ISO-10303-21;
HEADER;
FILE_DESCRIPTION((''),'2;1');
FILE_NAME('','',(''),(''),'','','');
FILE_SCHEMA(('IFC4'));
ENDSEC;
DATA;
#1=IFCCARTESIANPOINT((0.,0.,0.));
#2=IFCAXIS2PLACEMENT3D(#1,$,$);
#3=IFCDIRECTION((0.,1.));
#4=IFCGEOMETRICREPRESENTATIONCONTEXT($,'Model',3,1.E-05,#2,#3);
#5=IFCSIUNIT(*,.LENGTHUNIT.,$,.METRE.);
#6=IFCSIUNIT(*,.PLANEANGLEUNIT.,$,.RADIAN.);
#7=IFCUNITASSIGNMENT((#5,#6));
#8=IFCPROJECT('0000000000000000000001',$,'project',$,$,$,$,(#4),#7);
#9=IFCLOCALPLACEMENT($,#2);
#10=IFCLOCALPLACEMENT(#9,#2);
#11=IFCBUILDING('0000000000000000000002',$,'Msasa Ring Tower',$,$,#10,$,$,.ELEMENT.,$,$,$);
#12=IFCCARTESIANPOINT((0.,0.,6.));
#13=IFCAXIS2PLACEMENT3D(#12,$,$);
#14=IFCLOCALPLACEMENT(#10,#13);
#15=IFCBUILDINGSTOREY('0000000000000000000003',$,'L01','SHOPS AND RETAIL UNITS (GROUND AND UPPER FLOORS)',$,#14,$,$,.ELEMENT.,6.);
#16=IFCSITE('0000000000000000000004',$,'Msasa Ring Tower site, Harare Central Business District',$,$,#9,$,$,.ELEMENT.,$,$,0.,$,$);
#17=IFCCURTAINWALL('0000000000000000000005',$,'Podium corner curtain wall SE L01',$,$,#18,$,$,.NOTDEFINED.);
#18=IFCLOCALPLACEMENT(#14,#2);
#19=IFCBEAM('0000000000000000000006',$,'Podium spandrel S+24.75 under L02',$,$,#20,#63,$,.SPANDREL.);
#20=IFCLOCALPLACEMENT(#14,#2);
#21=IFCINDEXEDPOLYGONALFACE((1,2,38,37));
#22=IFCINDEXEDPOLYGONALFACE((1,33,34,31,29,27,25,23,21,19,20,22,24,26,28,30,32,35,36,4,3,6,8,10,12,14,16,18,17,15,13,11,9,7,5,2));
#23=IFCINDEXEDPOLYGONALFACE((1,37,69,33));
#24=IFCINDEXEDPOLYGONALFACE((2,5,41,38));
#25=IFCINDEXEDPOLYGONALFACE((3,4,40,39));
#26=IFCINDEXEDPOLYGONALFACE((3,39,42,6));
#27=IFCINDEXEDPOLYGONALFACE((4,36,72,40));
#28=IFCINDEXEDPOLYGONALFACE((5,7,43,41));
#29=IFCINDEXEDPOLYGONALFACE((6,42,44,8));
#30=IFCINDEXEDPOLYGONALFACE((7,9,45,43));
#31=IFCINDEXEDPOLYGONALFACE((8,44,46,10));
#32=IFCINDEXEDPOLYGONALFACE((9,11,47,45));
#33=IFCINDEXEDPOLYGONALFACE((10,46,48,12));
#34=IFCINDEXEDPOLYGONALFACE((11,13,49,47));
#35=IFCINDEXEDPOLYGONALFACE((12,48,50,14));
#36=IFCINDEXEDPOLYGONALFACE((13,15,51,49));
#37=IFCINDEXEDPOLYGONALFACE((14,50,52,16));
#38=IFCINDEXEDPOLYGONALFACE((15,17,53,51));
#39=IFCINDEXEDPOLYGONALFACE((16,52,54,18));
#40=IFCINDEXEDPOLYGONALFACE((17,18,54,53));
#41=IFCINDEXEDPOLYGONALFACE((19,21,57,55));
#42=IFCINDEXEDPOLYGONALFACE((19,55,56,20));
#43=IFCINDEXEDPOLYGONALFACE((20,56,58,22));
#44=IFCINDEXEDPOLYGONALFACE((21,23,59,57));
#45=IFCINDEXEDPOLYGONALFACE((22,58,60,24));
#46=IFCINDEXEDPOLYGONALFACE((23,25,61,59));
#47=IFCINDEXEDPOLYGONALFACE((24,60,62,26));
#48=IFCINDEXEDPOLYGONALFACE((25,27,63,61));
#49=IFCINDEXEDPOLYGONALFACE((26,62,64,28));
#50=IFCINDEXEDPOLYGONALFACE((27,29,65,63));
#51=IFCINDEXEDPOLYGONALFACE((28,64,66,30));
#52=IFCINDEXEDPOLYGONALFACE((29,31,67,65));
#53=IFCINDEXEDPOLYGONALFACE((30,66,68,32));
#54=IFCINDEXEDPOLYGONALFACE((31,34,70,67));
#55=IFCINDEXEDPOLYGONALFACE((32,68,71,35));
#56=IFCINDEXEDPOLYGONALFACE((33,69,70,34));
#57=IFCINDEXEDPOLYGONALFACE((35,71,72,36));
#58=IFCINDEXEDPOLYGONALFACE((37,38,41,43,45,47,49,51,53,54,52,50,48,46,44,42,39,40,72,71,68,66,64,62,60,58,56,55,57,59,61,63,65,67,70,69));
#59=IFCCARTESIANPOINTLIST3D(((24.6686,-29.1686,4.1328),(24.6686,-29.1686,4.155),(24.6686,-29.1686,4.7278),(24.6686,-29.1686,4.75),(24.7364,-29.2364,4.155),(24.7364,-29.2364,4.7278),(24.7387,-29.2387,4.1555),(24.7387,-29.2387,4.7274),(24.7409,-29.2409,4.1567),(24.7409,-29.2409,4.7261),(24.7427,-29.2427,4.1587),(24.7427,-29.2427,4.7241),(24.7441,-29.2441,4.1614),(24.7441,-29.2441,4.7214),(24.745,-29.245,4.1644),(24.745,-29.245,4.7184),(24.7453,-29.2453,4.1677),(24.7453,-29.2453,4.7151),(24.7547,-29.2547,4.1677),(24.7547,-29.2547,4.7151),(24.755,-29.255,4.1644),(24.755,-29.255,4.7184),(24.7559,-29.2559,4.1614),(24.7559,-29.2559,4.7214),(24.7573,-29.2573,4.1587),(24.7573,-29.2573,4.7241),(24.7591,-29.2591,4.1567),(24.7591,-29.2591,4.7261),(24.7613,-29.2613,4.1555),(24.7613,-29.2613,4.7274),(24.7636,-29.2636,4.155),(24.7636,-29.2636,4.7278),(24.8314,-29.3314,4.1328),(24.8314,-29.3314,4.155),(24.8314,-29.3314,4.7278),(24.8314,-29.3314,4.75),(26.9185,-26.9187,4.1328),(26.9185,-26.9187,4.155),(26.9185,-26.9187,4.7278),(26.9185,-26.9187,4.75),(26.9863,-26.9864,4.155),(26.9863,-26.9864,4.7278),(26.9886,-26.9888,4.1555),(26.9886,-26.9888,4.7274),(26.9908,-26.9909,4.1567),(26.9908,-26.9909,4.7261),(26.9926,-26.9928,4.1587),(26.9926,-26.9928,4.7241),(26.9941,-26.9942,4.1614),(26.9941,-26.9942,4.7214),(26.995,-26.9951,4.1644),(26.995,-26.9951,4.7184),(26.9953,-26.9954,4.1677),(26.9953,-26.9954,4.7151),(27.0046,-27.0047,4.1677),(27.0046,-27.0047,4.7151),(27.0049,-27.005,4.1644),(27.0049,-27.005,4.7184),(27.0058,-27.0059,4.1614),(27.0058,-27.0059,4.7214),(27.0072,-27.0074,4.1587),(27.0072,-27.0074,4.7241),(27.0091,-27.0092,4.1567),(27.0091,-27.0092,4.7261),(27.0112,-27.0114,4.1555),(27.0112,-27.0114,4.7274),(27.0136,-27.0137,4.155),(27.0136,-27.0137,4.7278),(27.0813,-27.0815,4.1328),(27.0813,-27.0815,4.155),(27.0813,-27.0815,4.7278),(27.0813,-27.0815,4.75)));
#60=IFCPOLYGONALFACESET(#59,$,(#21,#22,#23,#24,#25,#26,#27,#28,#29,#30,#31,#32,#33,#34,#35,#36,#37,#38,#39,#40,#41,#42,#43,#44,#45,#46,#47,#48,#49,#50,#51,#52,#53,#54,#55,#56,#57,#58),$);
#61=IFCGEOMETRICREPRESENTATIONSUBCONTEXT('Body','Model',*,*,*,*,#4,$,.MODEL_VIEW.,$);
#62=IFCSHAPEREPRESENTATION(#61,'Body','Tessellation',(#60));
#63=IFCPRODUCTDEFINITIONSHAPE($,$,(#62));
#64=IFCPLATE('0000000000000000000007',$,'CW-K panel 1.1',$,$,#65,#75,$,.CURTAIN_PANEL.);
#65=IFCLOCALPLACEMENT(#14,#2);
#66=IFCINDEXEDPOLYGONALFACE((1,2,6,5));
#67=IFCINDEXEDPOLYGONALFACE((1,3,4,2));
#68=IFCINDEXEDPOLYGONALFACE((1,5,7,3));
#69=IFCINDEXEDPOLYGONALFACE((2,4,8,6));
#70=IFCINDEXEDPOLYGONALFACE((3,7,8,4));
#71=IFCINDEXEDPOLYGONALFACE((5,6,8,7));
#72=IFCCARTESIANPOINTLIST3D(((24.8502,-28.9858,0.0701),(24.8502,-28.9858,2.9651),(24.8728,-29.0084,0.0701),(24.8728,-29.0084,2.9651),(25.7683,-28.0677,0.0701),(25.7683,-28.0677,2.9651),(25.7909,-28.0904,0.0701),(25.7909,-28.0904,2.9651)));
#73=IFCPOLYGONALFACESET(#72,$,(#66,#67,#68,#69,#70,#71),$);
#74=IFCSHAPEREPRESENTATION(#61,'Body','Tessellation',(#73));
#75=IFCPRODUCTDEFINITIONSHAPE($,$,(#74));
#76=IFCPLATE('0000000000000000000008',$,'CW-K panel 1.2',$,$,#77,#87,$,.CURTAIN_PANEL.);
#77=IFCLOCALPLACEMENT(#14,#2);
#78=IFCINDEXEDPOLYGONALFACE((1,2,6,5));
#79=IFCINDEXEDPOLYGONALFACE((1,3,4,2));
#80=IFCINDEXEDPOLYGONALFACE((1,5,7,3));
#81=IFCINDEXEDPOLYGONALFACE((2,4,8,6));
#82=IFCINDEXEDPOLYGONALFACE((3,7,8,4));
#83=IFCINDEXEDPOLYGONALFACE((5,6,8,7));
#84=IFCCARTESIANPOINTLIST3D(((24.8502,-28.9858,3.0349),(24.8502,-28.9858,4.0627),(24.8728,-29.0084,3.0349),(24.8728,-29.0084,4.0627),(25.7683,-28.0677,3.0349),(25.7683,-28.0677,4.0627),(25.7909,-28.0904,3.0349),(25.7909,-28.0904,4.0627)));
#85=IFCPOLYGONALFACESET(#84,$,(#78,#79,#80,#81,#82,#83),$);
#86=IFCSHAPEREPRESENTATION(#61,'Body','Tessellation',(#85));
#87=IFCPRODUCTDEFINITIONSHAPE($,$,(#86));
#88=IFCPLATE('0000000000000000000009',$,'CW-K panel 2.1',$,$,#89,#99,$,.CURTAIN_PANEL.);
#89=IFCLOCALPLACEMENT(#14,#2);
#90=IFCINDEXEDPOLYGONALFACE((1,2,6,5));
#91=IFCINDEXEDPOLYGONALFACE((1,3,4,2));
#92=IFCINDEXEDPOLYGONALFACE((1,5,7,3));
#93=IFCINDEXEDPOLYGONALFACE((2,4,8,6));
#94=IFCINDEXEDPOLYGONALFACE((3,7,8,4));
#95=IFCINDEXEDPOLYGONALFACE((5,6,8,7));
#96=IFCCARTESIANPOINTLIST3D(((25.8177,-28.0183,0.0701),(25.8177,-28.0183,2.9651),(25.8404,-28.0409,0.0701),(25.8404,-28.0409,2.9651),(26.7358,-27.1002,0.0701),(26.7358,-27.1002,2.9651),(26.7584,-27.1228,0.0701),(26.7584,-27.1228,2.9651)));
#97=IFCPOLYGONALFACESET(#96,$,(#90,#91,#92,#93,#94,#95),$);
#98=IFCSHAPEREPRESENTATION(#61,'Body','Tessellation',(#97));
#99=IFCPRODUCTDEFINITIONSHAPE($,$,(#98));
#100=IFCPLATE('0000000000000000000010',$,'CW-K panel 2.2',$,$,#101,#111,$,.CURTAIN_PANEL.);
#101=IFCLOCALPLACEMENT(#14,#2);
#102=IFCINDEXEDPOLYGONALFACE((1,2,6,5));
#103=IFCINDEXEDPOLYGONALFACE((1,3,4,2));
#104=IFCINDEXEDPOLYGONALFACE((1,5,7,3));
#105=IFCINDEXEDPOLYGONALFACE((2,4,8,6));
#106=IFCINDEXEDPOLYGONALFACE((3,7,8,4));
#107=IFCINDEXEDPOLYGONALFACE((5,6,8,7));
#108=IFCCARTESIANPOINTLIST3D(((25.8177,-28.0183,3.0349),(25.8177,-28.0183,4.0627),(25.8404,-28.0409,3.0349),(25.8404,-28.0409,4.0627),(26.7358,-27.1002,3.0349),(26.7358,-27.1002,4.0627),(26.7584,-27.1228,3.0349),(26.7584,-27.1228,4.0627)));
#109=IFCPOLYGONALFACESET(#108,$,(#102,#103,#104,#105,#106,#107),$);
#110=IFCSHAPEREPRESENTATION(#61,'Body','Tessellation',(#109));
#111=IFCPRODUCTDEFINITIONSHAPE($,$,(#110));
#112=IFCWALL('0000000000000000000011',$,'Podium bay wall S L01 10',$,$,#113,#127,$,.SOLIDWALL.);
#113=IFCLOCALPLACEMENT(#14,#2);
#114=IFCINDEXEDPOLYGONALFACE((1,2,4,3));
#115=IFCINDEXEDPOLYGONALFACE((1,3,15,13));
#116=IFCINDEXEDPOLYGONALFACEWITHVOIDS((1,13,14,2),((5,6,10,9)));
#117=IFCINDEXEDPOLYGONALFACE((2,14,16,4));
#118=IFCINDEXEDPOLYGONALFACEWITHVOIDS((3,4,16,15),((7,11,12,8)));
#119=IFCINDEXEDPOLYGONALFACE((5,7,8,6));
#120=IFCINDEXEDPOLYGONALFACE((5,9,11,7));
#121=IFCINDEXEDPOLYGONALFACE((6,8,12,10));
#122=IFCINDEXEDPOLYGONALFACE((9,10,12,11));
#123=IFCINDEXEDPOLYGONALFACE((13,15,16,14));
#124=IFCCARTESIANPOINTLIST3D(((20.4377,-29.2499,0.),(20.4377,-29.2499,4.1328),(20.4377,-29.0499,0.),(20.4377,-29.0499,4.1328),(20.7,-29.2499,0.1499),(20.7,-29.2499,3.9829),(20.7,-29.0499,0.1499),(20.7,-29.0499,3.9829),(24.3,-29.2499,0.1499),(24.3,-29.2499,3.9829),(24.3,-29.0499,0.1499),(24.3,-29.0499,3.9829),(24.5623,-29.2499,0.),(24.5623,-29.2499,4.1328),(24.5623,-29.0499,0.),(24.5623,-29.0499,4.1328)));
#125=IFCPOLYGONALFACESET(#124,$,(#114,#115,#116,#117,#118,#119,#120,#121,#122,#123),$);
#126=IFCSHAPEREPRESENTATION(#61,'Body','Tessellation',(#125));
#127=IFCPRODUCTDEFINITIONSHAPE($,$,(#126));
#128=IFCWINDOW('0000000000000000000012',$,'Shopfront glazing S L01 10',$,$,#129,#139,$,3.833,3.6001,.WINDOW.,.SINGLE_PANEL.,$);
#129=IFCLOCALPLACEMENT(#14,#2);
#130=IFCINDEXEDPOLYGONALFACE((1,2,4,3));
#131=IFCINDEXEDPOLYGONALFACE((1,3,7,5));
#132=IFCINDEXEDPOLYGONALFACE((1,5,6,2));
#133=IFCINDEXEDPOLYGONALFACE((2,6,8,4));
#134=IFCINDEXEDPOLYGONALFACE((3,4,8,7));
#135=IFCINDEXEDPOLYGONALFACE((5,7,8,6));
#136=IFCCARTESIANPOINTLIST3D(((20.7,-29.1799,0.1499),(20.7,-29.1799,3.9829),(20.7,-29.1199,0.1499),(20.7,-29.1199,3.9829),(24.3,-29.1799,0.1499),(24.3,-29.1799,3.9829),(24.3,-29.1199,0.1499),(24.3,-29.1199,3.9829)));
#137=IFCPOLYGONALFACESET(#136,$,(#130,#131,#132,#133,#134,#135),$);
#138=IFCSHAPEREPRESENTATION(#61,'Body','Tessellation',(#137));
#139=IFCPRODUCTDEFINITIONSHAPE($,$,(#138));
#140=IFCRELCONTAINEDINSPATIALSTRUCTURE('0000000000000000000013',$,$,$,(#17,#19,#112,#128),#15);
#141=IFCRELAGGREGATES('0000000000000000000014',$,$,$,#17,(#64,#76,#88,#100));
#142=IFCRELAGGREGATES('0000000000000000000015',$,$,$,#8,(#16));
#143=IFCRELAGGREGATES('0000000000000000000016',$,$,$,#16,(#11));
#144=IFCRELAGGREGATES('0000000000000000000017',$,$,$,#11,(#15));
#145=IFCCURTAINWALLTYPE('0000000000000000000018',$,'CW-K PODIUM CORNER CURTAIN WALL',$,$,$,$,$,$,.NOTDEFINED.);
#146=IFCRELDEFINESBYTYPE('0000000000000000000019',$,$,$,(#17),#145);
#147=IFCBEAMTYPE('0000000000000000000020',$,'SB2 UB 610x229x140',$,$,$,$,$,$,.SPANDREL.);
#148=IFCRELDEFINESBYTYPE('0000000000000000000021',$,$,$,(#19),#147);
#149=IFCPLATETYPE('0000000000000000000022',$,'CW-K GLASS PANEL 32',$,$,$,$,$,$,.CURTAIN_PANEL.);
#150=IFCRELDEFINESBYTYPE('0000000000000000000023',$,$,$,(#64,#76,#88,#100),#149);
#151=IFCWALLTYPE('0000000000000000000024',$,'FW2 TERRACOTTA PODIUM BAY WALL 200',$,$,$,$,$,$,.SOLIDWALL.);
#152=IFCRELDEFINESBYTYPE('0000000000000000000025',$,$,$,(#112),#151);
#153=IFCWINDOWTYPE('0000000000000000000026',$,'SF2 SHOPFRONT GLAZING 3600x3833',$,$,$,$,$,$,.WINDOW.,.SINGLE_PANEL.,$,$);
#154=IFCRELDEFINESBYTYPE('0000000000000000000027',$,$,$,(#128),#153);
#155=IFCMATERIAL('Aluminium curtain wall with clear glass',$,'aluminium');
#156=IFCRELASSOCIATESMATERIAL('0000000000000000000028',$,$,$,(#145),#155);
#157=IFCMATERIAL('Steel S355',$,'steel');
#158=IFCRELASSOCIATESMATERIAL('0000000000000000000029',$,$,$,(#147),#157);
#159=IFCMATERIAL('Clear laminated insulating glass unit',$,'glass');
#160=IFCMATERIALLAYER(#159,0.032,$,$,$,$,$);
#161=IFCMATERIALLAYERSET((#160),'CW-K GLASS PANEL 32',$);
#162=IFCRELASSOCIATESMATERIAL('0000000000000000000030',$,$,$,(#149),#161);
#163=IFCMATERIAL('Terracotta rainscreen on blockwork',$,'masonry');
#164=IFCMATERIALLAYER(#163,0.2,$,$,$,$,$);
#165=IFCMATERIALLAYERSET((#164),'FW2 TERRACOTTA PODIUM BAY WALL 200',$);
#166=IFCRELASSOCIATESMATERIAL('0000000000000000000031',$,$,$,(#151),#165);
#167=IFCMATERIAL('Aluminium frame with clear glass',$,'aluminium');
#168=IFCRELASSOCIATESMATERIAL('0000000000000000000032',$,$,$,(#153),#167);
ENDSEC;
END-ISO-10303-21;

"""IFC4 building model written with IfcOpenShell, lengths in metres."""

from ifc_helpers import new_model, si_unit, direction, frame, frame_2d, origin, origin_2d, place, context, subcontext, project, spatial, rectangle, i_section, extrude, material, layer, layer_set, material_profile, profile_set, type_object, element, fill, aggregate, save


model = new_model("IFC4")

# Units and contexts
model_context = context("Model", 3, precision=1e-05, world=origin(), true_north=direction((0.0, 1.0)))
body_context = subcontext(model_context, "Body", "Model", "MODEL_VIEW")
ifc_project = project(units=[si_unit("LENGTHUNIT", "METRE"), si_unit("PLANEANGLEUNIT", "RADIAN")], contexts=[model_context])

# Site, building, storey
site_placement = place(None, origin())
site = spatial("IfcSite", under=ifc_project, at=site_placement, Name="Msasa Ring Tower site, Harare Central Business District", CompositionType="ELEMENT", RefElevation=0.0)
building_placement = place(site_placement, origin())
building = spatial("IfcBuilding", under=site, at=building_placement, Name="Msasa Ring Tower", CompositionType="ELEMENT")
storey_placement = place(building_placement, frame((0.0, 0.0, 6.0)))
storey = spatial("IfcBuildingStorey", under=building, at=storey_placement, Name="L01", Description="SHOPS AND RETAIL UNITS (GROUND AND UPPER FLOORS)", CompositionType="ELEMENT", Elevation=6.0)

# Curtain wall
ifc_material_1 = material(Name="Aluminium curtain wall with clear glass", Category="aluminium")
curtain_wall_type = type_object("IfcCurtainWallType", Name="CW-K PODIUM CORNER CURTAIN WALL", PredefinedType="NOTDEFINED", material=ifc_material_1)
curtain_wall_placement = place(storey_placement, origin())
curtain_wall = element("IfcCurtainWall", 1, at=curtain_wall_placement, inside=storey, type_object=curtain_wall_type, Name="Podium corner curtain wall SE L01", PredefinedType="NOTDEFINED")

# Beam
ifc_material_2 = material(Name="Steel S355", Category="steel")
ifc_material_profile_1 = material_profile(ifc_material_2, i_section(OverallWidth=0.2302, OverallDepth=0.6172, WebThickness=0.0132, FlangeThickness=0.0222, FilletRadius=0.0127, at=origin_2d()), Name="UB 610x229x140")
ifc_profile_set_1 = profile_set([ifc_material_profile_1], Name="Steel S355")
beam_type_1 = type_object("IfcBeamType", Name="SB2 UB 610x229x140", PredefinedType="SPANDREL", material=ifc_profile_set_1)
beam_1_placement = place(storey_placement, frame((24.75, -29.25, 4.4414), z_axis=(0.707107, 0.707107, 0.0), x_axis=(-0.707107, 0.707107, 0.0)))
element("IfcBeam", 2, at=beam_1_placement, inside=storey, type_object=beam_type_1, Name="Podium spandrel S+24.75 under L02", PredefinedType="SPANDREL", context=body_context, shape_type="SweptSolid", body=[
    extrude(i_section(OverallWidth=0.2302, OverallDepth=0.6172, WebThickness=0.0132, FlangeThickness=0.0222, FilletRadius=0.0127, at=origin_2d()), origin(), (0.0, 0.0, 1.0), 3.1819),
])

# Plates
ifc_material_3 = material(Name="Clear laminated insulating glass unit", Category="glass")
ifc_layer_1 = layer(ifc_material_3, 0.032)
ifc_layer_set_1 = layer_set([ifc_layer_1], Name="CW-K GLASS PANEL 32")
plate_type = type_object("IfcPlateType", Name="CW-K GLASS PANEL 32", PredefinedType="CURTAIN_PANEL", material=ifc_layer_set_1)
plate_1_placement = place(storey_placement, frame((25.3206, -28.5381, 0.0701), z_axis=(0.0, 0.0, 1.0), x_axis=(0.707107, 0.707107, 0.0)))
plate_1 = element("IfcPlate", 3, at=plate_1_placement, type_object=plate_type, Name="CW-K panel 1.1", PredefinedType="CURTAIN_PANEL", context=body_context, shape_type="SweptSolid", body=[
    extrude(rectangle(XDim=1.2983, YDim=0.032, at=origin_2d()), origin(), (0.0, 0.0, 1.0), 2.895),
])
plate_2_placement = place(storey_placement, frame((25.3206, -28.5381, 3.0349), z_axis=(0.0, 0.0, 1.0), x_axis=(0.707107, 0.707107, 0.0)))
plate_2 = element("IfcPlate", 4, at=plate_2_placement, type_object=plate_type, Name="CW-K panel 1.2", PredefinedType="CURTAIN_PANEL", context=body_context, shape_type="SweptSolid", body=[
    extrude(rectangle(XDim=1.2983, YDim=0.032, at=origin_2d()), origin(), (0.0, 0.0, 1.0), 1.0278),
])
plate_3_placement = place(storey_placement, frame((26.2881, -27.5706, 0.0701), z_axis=(0.0, 0.0, 1.0), x_axis=(0.707107, 0.707107, 0.0)))
plate_3 = element("IfcPlate", 5, at=plate_3_placement, type_object=plate_type, Name="CW-K panel 2.1", PredefinedType="CURTAIN_PANEL", context=body_context, shape_type="SweptSolid", body=[
    extrude(rectangle(XDim=1.2983, YDim=0.032, at=origin_2d()), origin(), (0.0, 0.0, 1.0), 2.895),
])
plate_4_placement = place(storey_placement, frame((26.2881, -27.5706, 3.0349), z_axis=(0.0, 0.0, 1.0), x_axis=(0.707107, 0.707107, 0.0)))
plate_4 = element("IfcPlate", 6, at=plate_4_placement, type_object=plate_type, Name="CW-K panel 2.2", PredefinedType="CURTAIN_PANEL", context=body_context, shape_type="SweptSolid", body=[
    extrude(rectangle(XDim=1.2983, YDim=0.032, at=origin_2d()), origin(), (0.0, 0.0, 1.0), 1.0278),
])
aggregate(curtain_wall, [plate_1, plate_2, plate_3, plate_4])

# Wall, opening, window
ifc_material_4 = material(Name="Terracotta rainscreen on blockwork", Category="masonry")
ifc_layer_2 = layer(ifc_material_4, 0.2)
ifc_layer_set_2 = layer_set([ifc_layer_2], Name="FW2 TERRACOTTA PODIUM BAY WALL 200")
wall_type = type_object("IfcWallType", Name="FW2 TERRACOTTA PODIUM BAY WALL 200", PredefinedType="SOLIDWALL", material=ifc_layer_set_2)
wall_placement = place(storey_placement, frame((20.4377, -29.1499, 0.0), z_axis=(0.0, 0.0, 1.0), x_axis=(1.0, 0.0, 0.0)))
wall = element("IfcWall", 7, at=wall_placement, inside=storey, type_object=wall_type, Name="Podium bay wall S L01 10", PredefinedType="SOLIDWALL", context=body_context, shape_type="SweptSolid", body=[
    extrude(rectangle(XDim=4.1245, YDim=0.2, at=frame_2d((2.0623, 0.0))), origin(), (0.0, 0.0, 1.0), 4.1328),
])
opening_placement = place(wall_placement, frame((0.2622, 0.0, 0.1499)))
opening = element("IfcOpeningElement", 8, at=opening_placement, cuts=wall, PredefinedType="OPENING", context=body_context, shape_type="SweptSolid", body=[
    extrude(rectangle(XDim=3.6001, YDim=3.833, at=frame_2d((1.8, 1.9165))), frame((0.0, 0.1099, 0.0), z_axis=(0.0, -1.0, 0.0), x_axis=(1.0, 0.0, 0.0)), (0.0, 0.0, 1.0), 0.22),
])
ifc_material_5 = material(Name="Aluminium frame with clear glass", Category="aluminium")
window_type = type_object("IfcWindowType", Name="SF2 SHOPFRONT GLAZING 3600x3833", PartitioningType="SINGLE_PANEL", PredefinedType="WINDOW", material=ifc_material_5)
window_placement = place(opening_placement, origin())
window = element("IfcWindow", 9, at=window_placement, inside=storey, type_object=window_type, Name="Shopfront glazing S L01 10", OverallHeight=3.833, OverallWidth=3.6001, PartitioningType="SINGLE_PANEL", PredefinedType="WINDOW", context=body_context, shape_type="SweptSolid", body=[
    extrude(rectangle(XDim=3.6001, YDim=3.833, at=frame_2d((1.8, 1.9165))), frame((0.0, 0.03, 0.0), z_axis=(0.0, -1.0, 0.0), x_axis=(1.0, 0.0, 0.0)), (0.0, 0.0, 1.0), 0.0601),
])
fill(opening, window)

save(model, "model.ifc")
